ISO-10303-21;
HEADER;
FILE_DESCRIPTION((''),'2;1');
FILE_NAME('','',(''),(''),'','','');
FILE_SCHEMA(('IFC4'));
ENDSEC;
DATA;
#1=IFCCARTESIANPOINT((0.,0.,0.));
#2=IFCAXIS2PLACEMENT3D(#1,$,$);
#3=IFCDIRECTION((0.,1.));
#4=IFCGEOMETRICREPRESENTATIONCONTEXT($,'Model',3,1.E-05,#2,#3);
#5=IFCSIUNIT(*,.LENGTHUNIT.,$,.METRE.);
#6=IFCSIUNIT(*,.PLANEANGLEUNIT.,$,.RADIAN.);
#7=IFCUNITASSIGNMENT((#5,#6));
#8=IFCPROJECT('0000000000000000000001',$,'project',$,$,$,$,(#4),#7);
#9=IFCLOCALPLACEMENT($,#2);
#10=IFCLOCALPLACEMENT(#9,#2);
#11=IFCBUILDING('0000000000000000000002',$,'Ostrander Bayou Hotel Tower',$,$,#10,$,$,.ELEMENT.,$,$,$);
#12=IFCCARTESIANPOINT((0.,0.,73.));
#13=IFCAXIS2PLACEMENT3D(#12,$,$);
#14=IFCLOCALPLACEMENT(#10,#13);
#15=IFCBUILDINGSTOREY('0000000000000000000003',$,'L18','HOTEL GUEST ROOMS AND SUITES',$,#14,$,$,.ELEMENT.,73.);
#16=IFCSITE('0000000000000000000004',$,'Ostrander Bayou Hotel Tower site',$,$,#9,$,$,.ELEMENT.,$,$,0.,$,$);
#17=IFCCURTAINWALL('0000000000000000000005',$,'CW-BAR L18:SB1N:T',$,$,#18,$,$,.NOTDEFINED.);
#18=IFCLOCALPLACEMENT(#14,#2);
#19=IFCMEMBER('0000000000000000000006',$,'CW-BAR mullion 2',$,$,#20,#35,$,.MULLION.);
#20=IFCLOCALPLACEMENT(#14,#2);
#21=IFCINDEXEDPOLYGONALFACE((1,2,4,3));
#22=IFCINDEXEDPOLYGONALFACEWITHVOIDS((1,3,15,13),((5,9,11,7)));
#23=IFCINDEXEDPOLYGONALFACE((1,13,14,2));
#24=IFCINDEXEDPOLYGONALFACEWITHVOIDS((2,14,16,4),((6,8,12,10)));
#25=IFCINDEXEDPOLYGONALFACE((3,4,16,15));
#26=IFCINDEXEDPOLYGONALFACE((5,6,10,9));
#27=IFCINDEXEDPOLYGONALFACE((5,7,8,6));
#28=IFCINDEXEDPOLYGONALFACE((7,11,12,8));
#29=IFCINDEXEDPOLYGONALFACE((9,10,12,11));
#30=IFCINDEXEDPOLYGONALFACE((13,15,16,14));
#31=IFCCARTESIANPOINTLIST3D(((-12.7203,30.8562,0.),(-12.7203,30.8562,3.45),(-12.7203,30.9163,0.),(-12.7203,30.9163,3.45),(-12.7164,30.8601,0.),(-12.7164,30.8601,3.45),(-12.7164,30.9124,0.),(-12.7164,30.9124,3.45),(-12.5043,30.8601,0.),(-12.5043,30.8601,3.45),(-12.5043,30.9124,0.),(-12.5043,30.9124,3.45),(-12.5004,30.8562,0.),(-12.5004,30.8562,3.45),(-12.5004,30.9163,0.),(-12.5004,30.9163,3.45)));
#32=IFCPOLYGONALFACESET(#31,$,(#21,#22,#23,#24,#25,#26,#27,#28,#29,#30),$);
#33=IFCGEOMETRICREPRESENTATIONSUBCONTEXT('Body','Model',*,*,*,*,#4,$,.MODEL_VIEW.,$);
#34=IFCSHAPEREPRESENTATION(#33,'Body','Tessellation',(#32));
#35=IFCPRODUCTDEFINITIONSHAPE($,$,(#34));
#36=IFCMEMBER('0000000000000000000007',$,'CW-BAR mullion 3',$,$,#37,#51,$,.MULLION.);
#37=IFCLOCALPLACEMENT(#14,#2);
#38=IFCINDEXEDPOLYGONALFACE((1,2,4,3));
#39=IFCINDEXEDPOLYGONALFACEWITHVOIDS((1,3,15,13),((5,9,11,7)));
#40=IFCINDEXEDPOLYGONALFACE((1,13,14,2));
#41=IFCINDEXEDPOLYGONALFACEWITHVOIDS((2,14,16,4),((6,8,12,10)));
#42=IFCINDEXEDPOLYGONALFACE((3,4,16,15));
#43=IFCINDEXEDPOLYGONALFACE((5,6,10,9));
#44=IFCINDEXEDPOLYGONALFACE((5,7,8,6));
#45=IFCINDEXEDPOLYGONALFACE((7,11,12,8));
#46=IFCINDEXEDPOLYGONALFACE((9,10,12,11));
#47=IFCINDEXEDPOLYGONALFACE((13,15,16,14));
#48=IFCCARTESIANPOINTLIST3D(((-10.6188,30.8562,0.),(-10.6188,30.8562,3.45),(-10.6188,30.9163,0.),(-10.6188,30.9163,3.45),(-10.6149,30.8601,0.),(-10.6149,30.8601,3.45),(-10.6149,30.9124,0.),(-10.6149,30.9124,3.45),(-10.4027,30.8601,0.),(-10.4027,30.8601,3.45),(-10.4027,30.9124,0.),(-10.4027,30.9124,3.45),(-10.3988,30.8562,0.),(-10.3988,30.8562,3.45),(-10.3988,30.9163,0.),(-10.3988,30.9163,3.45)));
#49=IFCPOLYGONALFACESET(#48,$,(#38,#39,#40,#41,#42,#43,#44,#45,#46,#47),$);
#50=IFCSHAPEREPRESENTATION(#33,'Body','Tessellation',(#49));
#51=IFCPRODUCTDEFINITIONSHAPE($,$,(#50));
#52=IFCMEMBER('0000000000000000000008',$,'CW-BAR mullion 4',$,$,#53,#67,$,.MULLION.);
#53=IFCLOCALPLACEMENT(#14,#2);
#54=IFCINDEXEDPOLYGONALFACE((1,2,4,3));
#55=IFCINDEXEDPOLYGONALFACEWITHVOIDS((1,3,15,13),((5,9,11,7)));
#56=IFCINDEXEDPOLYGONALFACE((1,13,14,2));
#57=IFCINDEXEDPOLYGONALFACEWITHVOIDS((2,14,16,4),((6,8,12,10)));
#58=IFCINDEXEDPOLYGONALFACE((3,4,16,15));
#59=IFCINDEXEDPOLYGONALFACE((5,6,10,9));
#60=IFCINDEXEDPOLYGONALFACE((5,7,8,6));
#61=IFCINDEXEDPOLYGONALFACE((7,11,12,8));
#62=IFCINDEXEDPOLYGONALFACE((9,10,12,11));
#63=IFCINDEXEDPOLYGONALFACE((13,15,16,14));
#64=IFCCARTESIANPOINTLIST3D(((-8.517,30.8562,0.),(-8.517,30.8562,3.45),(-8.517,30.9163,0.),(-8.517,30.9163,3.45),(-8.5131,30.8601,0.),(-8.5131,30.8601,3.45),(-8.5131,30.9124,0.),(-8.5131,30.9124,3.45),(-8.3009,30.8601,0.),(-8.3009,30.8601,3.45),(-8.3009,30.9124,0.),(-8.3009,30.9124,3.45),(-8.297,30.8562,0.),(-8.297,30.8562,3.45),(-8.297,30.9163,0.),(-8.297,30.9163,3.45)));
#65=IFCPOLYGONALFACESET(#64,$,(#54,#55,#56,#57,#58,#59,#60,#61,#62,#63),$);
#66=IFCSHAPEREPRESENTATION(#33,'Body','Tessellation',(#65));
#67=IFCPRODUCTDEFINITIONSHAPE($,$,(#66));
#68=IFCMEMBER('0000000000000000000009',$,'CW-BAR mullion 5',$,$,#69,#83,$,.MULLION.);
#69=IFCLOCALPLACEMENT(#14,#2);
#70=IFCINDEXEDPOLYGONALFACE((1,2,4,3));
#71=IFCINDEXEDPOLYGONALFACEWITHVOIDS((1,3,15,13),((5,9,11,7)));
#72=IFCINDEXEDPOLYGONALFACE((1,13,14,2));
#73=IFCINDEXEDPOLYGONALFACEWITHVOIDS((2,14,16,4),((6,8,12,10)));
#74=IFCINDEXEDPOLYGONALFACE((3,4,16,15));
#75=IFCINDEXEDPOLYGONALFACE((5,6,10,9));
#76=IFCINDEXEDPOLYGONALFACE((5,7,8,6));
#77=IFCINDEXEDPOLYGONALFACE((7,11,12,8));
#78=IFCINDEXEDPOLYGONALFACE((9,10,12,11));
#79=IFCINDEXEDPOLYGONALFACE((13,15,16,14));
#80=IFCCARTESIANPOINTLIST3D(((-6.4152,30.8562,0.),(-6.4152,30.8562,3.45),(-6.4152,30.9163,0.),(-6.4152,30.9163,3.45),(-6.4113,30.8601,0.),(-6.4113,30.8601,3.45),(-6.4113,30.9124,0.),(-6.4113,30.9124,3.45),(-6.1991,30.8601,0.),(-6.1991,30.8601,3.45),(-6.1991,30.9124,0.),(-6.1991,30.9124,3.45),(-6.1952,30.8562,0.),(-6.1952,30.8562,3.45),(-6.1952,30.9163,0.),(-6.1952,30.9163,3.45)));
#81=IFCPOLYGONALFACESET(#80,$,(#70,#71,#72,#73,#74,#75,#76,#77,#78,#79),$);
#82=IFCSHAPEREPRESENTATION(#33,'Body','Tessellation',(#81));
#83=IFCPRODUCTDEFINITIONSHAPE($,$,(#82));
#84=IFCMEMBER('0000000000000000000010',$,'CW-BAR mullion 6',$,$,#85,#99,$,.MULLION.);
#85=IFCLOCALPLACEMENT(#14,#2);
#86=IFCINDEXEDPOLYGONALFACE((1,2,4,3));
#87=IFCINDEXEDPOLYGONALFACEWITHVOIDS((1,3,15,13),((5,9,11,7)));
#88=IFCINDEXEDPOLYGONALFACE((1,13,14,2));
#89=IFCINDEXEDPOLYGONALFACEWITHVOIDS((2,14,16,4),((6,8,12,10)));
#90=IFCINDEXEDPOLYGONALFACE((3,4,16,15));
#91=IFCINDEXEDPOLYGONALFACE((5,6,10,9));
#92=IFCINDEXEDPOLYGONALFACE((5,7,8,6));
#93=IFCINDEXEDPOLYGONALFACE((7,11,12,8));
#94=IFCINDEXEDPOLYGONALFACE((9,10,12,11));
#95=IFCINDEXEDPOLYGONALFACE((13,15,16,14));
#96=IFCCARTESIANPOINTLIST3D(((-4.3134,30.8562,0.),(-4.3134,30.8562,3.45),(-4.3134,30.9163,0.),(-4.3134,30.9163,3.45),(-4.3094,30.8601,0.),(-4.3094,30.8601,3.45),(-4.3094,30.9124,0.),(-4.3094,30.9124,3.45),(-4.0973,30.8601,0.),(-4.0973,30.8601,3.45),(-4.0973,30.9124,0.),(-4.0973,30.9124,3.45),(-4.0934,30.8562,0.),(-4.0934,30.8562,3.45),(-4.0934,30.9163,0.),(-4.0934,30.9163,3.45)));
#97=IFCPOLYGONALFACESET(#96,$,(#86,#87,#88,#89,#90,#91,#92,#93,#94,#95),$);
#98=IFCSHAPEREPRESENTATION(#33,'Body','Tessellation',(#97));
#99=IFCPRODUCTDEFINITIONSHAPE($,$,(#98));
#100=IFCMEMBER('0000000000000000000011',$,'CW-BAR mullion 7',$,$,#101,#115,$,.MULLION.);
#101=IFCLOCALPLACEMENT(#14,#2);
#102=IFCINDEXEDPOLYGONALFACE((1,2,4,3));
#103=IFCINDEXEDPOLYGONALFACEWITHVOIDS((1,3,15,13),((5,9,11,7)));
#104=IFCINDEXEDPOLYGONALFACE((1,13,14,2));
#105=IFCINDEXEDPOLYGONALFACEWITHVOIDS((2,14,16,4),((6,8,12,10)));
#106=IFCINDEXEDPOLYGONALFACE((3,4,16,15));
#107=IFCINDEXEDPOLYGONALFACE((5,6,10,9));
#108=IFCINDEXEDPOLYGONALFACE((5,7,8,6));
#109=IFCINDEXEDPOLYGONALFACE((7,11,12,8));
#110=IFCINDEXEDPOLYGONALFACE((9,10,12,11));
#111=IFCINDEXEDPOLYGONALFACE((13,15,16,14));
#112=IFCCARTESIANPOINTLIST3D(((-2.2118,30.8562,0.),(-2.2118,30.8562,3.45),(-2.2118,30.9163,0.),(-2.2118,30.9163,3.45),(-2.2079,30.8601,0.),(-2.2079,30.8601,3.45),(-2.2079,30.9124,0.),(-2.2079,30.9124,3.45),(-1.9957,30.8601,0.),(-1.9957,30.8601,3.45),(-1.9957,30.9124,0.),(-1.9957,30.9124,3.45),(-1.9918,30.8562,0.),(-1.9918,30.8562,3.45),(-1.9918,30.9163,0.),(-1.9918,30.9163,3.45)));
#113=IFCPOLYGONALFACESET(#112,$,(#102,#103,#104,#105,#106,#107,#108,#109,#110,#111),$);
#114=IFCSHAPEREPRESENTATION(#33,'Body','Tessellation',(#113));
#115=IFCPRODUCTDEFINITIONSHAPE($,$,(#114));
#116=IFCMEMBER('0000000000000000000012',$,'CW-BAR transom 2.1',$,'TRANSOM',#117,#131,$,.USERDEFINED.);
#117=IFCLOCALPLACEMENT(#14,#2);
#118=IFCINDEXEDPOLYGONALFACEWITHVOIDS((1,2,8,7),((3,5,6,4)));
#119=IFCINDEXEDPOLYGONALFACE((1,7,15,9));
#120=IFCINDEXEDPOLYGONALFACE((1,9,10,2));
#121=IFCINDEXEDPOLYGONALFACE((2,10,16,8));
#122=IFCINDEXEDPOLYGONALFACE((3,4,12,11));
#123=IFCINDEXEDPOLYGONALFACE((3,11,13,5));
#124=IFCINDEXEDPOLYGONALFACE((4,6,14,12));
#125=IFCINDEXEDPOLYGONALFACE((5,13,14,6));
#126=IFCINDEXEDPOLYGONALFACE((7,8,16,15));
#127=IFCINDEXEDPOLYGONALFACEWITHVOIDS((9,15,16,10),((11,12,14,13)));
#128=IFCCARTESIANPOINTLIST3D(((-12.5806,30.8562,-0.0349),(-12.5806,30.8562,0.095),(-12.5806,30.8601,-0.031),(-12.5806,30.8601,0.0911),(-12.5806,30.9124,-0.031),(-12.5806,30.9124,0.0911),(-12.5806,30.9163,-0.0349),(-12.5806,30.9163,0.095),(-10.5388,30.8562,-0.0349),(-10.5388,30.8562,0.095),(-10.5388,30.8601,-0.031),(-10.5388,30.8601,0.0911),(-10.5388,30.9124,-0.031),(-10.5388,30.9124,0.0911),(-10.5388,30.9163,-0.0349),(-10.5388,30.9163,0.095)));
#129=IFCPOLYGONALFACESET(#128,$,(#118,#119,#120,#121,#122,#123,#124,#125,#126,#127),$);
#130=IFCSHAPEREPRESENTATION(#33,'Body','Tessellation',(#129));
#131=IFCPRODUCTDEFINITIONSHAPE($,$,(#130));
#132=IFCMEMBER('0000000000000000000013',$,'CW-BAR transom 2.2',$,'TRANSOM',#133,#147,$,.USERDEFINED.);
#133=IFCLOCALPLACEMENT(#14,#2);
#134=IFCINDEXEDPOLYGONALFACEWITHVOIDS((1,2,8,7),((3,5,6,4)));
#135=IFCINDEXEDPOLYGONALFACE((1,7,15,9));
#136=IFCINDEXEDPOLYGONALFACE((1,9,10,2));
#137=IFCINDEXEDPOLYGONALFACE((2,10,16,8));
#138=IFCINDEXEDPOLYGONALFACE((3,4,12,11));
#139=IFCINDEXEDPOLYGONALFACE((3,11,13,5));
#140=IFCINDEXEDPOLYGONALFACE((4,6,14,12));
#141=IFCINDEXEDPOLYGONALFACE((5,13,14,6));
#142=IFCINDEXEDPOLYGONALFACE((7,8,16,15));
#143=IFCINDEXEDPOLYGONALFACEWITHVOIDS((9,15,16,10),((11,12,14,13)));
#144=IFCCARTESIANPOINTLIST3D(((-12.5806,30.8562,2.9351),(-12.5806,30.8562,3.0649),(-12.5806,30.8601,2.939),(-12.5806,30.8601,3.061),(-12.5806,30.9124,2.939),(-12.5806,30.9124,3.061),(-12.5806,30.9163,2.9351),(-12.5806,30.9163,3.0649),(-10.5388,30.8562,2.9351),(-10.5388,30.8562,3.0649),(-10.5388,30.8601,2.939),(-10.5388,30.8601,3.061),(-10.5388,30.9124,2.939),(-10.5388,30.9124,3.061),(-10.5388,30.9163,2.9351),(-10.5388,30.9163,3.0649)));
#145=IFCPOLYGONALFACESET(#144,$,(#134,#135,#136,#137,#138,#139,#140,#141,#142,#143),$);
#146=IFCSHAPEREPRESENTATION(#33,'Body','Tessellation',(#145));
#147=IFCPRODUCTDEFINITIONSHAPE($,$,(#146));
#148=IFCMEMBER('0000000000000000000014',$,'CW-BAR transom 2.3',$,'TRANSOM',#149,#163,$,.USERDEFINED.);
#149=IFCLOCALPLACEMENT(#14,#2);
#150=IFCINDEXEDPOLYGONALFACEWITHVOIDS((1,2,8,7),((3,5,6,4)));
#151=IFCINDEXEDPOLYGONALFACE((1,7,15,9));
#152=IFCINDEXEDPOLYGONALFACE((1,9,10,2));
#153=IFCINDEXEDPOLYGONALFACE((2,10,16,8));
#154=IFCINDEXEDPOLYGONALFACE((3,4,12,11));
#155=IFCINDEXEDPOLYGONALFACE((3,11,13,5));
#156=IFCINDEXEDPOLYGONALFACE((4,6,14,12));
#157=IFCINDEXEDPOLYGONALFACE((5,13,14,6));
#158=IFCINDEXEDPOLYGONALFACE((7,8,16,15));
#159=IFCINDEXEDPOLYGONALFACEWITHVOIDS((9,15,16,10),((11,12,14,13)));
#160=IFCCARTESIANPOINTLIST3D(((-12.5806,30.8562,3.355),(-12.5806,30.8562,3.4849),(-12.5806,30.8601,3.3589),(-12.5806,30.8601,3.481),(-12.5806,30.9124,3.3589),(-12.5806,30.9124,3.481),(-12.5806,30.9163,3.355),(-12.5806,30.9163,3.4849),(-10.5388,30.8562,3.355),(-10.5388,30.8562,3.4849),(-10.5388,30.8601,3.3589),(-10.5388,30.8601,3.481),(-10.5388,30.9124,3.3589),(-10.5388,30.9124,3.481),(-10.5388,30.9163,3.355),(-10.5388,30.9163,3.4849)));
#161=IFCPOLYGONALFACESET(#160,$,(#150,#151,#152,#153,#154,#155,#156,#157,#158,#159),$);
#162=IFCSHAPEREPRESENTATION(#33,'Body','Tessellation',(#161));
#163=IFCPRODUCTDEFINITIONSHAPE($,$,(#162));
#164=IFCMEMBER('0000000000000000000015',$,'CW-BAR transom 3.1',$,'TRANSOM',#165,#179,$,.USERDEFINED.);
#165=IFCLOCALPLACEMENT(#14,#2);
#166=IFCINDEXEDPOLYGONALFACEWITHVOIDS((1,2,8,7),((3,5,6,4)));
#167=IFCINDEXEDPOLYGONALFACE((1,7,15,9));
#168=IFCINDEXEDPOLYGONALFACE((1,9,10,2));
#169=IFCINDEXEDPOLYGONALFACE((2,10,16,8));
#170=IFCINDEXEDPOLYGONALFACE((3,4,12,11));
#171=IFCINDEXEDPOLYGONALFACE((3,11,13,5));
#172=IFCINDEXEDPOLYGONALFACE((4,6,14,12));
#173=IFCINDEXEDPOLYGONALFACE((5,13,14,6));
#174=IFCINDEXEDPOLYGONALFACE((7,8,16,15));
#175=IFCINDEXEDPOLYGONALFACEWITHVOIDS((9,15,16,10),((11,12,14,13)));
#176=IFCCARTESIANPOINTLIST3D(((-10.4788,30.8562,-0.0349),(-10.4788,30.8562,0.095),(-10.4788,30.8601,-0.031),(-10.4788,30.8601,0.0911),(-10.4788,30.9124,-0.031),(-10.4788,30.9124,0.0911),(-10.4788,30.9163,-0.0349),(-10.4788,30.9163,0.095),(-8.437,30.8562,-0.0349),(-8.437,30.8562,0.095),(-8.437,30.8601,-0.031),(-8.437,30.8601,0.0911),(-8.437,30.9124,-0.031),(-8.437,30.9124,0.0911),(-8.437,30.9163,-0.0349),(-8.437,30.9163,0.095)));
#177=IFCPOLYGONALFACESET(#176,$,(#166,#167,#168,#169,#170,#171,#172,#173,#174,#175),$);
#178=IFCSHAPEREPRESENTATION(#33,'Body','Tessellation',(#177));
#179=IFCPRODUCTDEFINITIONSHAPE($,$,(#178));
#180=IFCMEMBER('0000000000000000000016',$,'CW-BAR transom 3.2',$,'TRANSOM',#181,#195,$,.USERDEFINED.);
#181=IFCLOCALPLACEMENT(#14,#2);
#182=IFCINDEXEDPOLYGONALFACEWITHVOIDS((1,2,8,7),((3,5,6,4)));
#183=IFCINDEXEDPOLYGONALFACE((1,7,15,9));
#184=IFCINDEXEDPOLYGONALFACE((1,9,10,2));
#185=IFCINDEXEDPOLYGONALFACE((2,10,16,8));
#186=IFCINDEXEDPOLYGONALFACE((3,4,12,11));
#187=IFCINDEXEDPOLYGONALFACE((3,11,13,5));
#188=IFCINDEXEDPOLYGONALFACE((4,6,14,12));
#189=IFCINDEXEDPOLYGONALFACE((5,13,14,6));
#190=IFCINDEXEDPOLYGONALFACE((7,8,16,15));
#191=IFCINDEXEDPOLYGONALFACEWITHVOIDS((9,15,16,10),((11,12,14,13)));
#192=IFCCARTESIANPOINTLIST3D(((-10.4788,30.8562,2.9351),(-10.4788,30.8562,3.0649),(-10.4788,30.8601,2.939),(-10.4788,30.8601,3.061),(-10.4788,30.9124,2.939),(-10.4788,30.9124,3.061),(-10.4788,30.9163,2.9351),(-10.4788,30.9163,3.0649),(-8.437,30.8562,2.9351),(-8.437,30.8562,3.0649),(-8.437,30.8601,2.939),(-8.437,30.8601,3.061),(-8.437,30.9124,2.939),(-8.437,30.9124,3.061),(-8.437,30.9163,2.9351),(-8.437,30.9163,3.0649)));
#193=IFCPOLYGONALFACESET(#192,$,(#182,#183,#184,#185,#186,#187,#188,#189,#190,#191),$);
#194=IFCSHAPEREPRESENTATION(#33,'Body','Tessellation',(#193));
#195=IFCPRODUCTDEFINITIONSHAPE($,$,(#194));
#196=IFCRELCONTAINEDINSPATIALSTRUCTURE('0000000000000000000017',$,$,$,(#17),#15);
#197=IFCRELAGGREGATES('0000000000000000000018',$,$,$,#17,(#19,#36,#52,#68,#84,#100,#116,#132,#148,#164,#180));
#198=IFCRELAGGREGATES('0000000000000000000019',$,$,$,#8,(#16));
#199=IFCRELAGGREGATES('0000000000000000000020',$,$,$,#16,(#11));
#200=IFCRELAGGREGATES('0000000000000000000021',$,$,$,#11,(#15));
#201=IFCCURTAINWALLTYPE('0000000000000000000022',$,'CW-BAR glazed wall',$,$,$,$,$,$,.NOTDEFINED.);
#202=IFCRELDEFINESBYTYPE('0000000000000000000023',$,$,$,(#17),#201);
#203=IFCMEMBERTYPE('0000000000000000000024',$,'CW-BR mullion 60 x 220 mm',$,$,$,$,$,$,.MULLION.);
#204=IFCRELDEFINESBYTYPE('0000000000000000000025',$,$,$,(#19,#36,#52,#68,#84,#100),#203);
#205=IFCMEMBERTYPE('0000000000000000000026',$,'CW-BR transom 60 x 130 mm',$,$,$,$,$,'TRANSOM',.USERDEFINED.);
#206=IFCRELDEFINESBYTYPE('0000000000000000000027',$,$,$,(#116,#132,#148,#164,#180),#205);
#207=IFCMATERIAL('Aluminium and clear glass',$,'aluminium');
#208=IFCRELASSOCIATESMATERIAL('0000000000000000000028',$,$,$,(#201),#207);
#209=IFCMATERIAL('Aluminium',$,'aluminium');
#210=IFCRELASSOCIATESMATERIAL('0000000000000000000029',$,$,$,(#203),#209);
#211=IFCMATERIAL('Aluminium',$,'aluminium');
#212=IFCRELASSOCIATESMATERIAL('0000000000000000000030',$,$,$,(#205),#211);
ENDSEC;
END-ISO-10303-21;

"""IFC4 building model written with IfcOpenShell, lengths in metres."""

from ifc_helpers import new_model, si_unit, direction, frame, origin, origin_2d, place, context, subcontext, project, spatial, hollow_rectangle, extrude, material, material_profile, profile_set, type_object, element, aggregate, save


model = new_model("IFC4")

# Units and contexts
model_context = context("Model", 3, precision=1e-05, world=origin(), true_north=direction((0.0, 1.0)))
body_context = subcontext(model_context, "Body", "Model", "MODEL_VIEW")
ifc_project = project(units=[si_unit("LENGTHUNIT", "METRE"), si_unit("PLANEANGLEUNIT", "RADIAN")], contexts=[model_context])

# Site, building, storey
site_placement = place(None, origin())
site = spatial("IfcSite", under=ifc_project, at=site_placement, Name="Ostrander Bayou Hotel Tower site", CompositionType="ELEMENT", RefElevation=0.0)
building_placement = place(site_placement, origin())
building = spatial("IfcBuilding", under=site, at=building_placement, Name="Ostrander Bayou Hotel Tower", CompositionType="ELEMENT")
storey_placement = place(building_placement, frame((0.0, 0.0, 73.0)))
storey = spatial("IfcBuildingStorey", under=building, at=storey_placement, Name="L18", Description="HOTEL GUEST ROOMS AND SUITES", CompositionType="ELEMENT", Elevation=73.0)

# Curtain wall, members
ifc_material_1 = material(Name="Aluminium and clear glass", Category="aluminium")
curtain_wall_type = type_object("IfcCurtainWallType", Name="CW-BAR glazed wall", PredefinedType="NOTDEFINED", material=ifc_material_1)
curtain_wall_placement = place(storey_placement, origin())
curtain_wall = element("IfcCurtainWall", 1, at=curtain_wall_placement, inside=storey, type_object=curtain_wall_type, Name="CW-BAR L18:SB1N:T", PredefinedType="NOTDEFINED")
ifc_material_2 = material(Name="Aluminium", Category="aluminium")
ifc_material_profile_1 = material_profile(ifc_material_2, hollow_rectangle(XDim=0.0601, YDim=0.22, WallThickness=0.0039, at=origin_2d()))
ifc_profile_set_1 = profile_set([ifc_material_profile_1], Name="Aluminium")
member_type_1 = type_object("IfcMemberType", Name="CW-BR mullion 60 x 220 mm", PredefinedType="MULLION", material=ifc_profile_set_1)
member_1_placement = place(storey_placement, frame((-12.6104, 30.8862, 0.0), z_axis=(0.0, 0.0, 1.0), x_axis=(0.0, 1.0, 0.0)))
member_1 = element("IfcMember", 2, at=member_1_placement, type_object=member_type_1, Name="CW-BAR mullion 2", PredefinedType="MULLION", context=body_context, shape_type="SweptSolid", body=[
    extrude(hollow_rectangle(XDim=0.0601, YDim=0.22, WallThickness=0.0039, at=origin_2d()), origin(), (0.0, 0.0, 1.0), 3.45),
])
member_2_placement = place(storey_placement, frame((-10.5088, 30.8862, 0.0), z_axis=(0.0, 0.0, 1.0), x_axis=(0.0, 1.0, 0.0)))
member_2 = element("IfcMember", 3, at=member_2_placement, type_object=member_type_1, Name="CW-BAR mullion 3", PredefinedType="MULLION", context=body_context, shape_type="SweptSolid", body=[
    extrude(hollow_rectangle(XDim=0.0601, YDim=0.22, WallThickness=0.0039, at=origin_2d()), origin(), (0.0, 0.0, 1.0), 3.45),
])
member_3_placement = place(storey_placement, frame((-8.407, 30.8862, 0.0), z_axis=(0.0, 0.0, 1.0), x_axis=(0.0, 1.0, 0.0)))
member_3 = element("IfcMember", 4, at=member_3_placement, type_object=member_type_1, Name="CW-BAR mullion 4", PredefinedType="MULLION", context=body_context, shape_type="SweptSolid", body=[
    extrude(hollow_rectangle(XDim=0.0601, YDim=0.22, WallThickness=0.0039, at=origin_2d()), origin(), (0.0, 0.0, 1.0), 3.45),
])
member_4_placement = place(storey_placement, frame((-6.3052, 30.8862, 0.0), z_axis=(0.0, 0.0, 1.0), x_axis=(0.0, 1.0, 0.0)))
member_4 = element("IfcMember", 5, at=member_4_placement, type_object=member_type_1, Name="CW-BAR mullion 5", PredefinedType="MULLION", context=body_context, shape_type="SweptSolid", body=[
    extrude(hollow_rectangle(XDim=0.0601, YDim=0.22, WallThickness=0.0039, at=origin_2d()), origin(), (0.0, 0.0, 1.0), 3.45),
])
member_5_placement = place(storey_placement, frame((-4.2034, 30.8862, 0.0), z_axis=(0.0, 0.0, 1.0), x_axis=(0.0, 1.0, 0.0)))
member_5 = element("IfcMember", 6, at=member_5_placement, type_object=member_type_1, Name="CW-BAR mullion 6", PredefinedType="MULLION", context=body_context, shape_type="SweptSolid", body=[
    extrude(hollow_rectangle(XDim=0.0601, YDim=0.22, WallThickness=0.0039, at=origin_2d()), origin(), (0.0, 0.0, 1.0), 3.45),
])
member_6_placement = place(storey_placement, frame((-2.1018, 30.8862, 0.0), z_axis=(0.0, 0.0, 1.0), x_axis=(0.0, 1.0, 0.0)))
member_6 = element("IfcMember", 7, at=member_6_placement, type_object=member_type_1, Name="CW-BAR mullion 7", PredefinedType="MULLION", context=body_context, shape_type="SweptSolid", body=[
    extrude(hollow_rectangle(XDim=0.0601, YDim=0.22, WallThickness=0.0039, at=origin_2d()), origin(), (0.0, 0.0, 1.0), 3.45),
])
ifc_material_3 = material(Name="Aluminium", Category="aluminium")
ifc_material_profile_2 = material_profile(ifc_material_3, hollow_rectangle(XDim=0.0601, YDim=0.1299, WallThickness=0.0039, at=origin_2d()))
ifc_profile_set_2 = profile_set([ifc_material_profile_2], Name="Aluminium")
member_type_2 = type_object("IfcMemberType", Name="CW-BR transom 60 x 130 mm", ElementType="TRANSOM", PredefinedType="USERDEFINED", material=ifc_profile_set_2)
member_7_placement = place(storey_placement, frame((-12.5806, 30.8862, 0.03), z_axis=(1.0, 0.0, 0.0), x_axis=(0.0, 1.0, 0.0)))
member_7 = element("IfcMember", 8, at=member_7_placement, type_object=member_type_2, Name="CW-BAR transom 2.1", ObjectType="TRANSOM", PredefinedType="USERDEFINED", context=body_context, shape_type="SweptSolid", body=[
    extrude(hollow_rectangle(XDim=0.0601, YDim=0.1299, WallThickness=0.0039, at=origin_2d()), origin(), (0.0, 0.0, 1.0), 2.0417),
])
member_8_placement = place(storey_placement, frame((-12.5806, 30.8862, 3.0), z_axis=(1.0, 0.0, 0.0), x_axis=(0.0, 1.0, 0.0)))
member_8 = element("IfcMember", 9, at=member_8_placement, type_object=member_type_2, Name="CW-BAR transom 2.2", ObjectType="TRANSOM", PredefinedType="USERDEFINED", context=body_context, shape_type="SweptSolid", body=[
    extrude(hollow_rectangle(XDim=0.0601, YDim=0.1299, WallThickness=0.0039, at=origin_2d()), origin(), (0.0, 0.0, 1.0), 2.0417),
])
member_9_placement = place(storey_placement, frame((-12.5806, 30.8862, 3.4199), z_axis=(1.0, 0.0, 0.0), x_axis=(0.0, 1.0, 0.0)))
member_9 = element("IfcMember", 10, at=member_9_placement, type_object=member_type_2, Name="CW-BAR transom 2.3", ObjectType="TRANSOM", PredefinedType="USERDEFINED", context=body_context, shape_type="SweptSolid", body=[
    extrude(hollow_rectangle(XDim=0.0601, YDim=0.1299, WallThickness=0.0039, at=origin_2d()), origin(), (0.0, 0.0, 1.0), 2.0417),
])
member_10_placement = place(storey_placement, frame((-10.4788, 30.8862, 0.03), z_axis=(1.0, 0.0, 0.0), x_axis=(0.0, 1.0, 0.0)))
member_10 = element("IfcMember", 11, at=member_10_placement, type_object=member_type_2, Name="CW-BAR transom 3.1", ObjectType="TRANSOM", PredefinedType="USERDEFINED", context=body_context, shape_type="SweptSolid", body=[
    extrude(hollow_rectangle(XDim=0.0601, YDim=0.1299, WallThickness=0.0039, at=origin_2d()), origin(), (0.0, 0.0, 1.0), 2.0417),
])
member_11_placement = place(storey_placement, frame((-10.4788, 30.8862, 3.0), z_axis=(1.0, 0.0, 0.0), x_axis=(0.0, 1.0, 0.0)))
member_11 = element("IfcMember", 12, at=member_11_placement, type_object=member_type_2, Name="CW-BAR transom 3.2", ObjectType="TRANSOM", PredefinedType="USERDEFINED", context=body_context, shape_type="SweptSolid", body=[
    extrude(hollow_rectangle(XDim=0.0601, YDim=0.1299, WallThickness=0.0039, at=origin_2d()), origin(), (0.0, 0.0, 1.0), 2.0417),
])
aggregate(curtain_wall, [member_1, member_2, member_3, member_4, member_5, member_6, member_7, member_8, member_9, member_10, member_11])

save(model, "model.ifc")
